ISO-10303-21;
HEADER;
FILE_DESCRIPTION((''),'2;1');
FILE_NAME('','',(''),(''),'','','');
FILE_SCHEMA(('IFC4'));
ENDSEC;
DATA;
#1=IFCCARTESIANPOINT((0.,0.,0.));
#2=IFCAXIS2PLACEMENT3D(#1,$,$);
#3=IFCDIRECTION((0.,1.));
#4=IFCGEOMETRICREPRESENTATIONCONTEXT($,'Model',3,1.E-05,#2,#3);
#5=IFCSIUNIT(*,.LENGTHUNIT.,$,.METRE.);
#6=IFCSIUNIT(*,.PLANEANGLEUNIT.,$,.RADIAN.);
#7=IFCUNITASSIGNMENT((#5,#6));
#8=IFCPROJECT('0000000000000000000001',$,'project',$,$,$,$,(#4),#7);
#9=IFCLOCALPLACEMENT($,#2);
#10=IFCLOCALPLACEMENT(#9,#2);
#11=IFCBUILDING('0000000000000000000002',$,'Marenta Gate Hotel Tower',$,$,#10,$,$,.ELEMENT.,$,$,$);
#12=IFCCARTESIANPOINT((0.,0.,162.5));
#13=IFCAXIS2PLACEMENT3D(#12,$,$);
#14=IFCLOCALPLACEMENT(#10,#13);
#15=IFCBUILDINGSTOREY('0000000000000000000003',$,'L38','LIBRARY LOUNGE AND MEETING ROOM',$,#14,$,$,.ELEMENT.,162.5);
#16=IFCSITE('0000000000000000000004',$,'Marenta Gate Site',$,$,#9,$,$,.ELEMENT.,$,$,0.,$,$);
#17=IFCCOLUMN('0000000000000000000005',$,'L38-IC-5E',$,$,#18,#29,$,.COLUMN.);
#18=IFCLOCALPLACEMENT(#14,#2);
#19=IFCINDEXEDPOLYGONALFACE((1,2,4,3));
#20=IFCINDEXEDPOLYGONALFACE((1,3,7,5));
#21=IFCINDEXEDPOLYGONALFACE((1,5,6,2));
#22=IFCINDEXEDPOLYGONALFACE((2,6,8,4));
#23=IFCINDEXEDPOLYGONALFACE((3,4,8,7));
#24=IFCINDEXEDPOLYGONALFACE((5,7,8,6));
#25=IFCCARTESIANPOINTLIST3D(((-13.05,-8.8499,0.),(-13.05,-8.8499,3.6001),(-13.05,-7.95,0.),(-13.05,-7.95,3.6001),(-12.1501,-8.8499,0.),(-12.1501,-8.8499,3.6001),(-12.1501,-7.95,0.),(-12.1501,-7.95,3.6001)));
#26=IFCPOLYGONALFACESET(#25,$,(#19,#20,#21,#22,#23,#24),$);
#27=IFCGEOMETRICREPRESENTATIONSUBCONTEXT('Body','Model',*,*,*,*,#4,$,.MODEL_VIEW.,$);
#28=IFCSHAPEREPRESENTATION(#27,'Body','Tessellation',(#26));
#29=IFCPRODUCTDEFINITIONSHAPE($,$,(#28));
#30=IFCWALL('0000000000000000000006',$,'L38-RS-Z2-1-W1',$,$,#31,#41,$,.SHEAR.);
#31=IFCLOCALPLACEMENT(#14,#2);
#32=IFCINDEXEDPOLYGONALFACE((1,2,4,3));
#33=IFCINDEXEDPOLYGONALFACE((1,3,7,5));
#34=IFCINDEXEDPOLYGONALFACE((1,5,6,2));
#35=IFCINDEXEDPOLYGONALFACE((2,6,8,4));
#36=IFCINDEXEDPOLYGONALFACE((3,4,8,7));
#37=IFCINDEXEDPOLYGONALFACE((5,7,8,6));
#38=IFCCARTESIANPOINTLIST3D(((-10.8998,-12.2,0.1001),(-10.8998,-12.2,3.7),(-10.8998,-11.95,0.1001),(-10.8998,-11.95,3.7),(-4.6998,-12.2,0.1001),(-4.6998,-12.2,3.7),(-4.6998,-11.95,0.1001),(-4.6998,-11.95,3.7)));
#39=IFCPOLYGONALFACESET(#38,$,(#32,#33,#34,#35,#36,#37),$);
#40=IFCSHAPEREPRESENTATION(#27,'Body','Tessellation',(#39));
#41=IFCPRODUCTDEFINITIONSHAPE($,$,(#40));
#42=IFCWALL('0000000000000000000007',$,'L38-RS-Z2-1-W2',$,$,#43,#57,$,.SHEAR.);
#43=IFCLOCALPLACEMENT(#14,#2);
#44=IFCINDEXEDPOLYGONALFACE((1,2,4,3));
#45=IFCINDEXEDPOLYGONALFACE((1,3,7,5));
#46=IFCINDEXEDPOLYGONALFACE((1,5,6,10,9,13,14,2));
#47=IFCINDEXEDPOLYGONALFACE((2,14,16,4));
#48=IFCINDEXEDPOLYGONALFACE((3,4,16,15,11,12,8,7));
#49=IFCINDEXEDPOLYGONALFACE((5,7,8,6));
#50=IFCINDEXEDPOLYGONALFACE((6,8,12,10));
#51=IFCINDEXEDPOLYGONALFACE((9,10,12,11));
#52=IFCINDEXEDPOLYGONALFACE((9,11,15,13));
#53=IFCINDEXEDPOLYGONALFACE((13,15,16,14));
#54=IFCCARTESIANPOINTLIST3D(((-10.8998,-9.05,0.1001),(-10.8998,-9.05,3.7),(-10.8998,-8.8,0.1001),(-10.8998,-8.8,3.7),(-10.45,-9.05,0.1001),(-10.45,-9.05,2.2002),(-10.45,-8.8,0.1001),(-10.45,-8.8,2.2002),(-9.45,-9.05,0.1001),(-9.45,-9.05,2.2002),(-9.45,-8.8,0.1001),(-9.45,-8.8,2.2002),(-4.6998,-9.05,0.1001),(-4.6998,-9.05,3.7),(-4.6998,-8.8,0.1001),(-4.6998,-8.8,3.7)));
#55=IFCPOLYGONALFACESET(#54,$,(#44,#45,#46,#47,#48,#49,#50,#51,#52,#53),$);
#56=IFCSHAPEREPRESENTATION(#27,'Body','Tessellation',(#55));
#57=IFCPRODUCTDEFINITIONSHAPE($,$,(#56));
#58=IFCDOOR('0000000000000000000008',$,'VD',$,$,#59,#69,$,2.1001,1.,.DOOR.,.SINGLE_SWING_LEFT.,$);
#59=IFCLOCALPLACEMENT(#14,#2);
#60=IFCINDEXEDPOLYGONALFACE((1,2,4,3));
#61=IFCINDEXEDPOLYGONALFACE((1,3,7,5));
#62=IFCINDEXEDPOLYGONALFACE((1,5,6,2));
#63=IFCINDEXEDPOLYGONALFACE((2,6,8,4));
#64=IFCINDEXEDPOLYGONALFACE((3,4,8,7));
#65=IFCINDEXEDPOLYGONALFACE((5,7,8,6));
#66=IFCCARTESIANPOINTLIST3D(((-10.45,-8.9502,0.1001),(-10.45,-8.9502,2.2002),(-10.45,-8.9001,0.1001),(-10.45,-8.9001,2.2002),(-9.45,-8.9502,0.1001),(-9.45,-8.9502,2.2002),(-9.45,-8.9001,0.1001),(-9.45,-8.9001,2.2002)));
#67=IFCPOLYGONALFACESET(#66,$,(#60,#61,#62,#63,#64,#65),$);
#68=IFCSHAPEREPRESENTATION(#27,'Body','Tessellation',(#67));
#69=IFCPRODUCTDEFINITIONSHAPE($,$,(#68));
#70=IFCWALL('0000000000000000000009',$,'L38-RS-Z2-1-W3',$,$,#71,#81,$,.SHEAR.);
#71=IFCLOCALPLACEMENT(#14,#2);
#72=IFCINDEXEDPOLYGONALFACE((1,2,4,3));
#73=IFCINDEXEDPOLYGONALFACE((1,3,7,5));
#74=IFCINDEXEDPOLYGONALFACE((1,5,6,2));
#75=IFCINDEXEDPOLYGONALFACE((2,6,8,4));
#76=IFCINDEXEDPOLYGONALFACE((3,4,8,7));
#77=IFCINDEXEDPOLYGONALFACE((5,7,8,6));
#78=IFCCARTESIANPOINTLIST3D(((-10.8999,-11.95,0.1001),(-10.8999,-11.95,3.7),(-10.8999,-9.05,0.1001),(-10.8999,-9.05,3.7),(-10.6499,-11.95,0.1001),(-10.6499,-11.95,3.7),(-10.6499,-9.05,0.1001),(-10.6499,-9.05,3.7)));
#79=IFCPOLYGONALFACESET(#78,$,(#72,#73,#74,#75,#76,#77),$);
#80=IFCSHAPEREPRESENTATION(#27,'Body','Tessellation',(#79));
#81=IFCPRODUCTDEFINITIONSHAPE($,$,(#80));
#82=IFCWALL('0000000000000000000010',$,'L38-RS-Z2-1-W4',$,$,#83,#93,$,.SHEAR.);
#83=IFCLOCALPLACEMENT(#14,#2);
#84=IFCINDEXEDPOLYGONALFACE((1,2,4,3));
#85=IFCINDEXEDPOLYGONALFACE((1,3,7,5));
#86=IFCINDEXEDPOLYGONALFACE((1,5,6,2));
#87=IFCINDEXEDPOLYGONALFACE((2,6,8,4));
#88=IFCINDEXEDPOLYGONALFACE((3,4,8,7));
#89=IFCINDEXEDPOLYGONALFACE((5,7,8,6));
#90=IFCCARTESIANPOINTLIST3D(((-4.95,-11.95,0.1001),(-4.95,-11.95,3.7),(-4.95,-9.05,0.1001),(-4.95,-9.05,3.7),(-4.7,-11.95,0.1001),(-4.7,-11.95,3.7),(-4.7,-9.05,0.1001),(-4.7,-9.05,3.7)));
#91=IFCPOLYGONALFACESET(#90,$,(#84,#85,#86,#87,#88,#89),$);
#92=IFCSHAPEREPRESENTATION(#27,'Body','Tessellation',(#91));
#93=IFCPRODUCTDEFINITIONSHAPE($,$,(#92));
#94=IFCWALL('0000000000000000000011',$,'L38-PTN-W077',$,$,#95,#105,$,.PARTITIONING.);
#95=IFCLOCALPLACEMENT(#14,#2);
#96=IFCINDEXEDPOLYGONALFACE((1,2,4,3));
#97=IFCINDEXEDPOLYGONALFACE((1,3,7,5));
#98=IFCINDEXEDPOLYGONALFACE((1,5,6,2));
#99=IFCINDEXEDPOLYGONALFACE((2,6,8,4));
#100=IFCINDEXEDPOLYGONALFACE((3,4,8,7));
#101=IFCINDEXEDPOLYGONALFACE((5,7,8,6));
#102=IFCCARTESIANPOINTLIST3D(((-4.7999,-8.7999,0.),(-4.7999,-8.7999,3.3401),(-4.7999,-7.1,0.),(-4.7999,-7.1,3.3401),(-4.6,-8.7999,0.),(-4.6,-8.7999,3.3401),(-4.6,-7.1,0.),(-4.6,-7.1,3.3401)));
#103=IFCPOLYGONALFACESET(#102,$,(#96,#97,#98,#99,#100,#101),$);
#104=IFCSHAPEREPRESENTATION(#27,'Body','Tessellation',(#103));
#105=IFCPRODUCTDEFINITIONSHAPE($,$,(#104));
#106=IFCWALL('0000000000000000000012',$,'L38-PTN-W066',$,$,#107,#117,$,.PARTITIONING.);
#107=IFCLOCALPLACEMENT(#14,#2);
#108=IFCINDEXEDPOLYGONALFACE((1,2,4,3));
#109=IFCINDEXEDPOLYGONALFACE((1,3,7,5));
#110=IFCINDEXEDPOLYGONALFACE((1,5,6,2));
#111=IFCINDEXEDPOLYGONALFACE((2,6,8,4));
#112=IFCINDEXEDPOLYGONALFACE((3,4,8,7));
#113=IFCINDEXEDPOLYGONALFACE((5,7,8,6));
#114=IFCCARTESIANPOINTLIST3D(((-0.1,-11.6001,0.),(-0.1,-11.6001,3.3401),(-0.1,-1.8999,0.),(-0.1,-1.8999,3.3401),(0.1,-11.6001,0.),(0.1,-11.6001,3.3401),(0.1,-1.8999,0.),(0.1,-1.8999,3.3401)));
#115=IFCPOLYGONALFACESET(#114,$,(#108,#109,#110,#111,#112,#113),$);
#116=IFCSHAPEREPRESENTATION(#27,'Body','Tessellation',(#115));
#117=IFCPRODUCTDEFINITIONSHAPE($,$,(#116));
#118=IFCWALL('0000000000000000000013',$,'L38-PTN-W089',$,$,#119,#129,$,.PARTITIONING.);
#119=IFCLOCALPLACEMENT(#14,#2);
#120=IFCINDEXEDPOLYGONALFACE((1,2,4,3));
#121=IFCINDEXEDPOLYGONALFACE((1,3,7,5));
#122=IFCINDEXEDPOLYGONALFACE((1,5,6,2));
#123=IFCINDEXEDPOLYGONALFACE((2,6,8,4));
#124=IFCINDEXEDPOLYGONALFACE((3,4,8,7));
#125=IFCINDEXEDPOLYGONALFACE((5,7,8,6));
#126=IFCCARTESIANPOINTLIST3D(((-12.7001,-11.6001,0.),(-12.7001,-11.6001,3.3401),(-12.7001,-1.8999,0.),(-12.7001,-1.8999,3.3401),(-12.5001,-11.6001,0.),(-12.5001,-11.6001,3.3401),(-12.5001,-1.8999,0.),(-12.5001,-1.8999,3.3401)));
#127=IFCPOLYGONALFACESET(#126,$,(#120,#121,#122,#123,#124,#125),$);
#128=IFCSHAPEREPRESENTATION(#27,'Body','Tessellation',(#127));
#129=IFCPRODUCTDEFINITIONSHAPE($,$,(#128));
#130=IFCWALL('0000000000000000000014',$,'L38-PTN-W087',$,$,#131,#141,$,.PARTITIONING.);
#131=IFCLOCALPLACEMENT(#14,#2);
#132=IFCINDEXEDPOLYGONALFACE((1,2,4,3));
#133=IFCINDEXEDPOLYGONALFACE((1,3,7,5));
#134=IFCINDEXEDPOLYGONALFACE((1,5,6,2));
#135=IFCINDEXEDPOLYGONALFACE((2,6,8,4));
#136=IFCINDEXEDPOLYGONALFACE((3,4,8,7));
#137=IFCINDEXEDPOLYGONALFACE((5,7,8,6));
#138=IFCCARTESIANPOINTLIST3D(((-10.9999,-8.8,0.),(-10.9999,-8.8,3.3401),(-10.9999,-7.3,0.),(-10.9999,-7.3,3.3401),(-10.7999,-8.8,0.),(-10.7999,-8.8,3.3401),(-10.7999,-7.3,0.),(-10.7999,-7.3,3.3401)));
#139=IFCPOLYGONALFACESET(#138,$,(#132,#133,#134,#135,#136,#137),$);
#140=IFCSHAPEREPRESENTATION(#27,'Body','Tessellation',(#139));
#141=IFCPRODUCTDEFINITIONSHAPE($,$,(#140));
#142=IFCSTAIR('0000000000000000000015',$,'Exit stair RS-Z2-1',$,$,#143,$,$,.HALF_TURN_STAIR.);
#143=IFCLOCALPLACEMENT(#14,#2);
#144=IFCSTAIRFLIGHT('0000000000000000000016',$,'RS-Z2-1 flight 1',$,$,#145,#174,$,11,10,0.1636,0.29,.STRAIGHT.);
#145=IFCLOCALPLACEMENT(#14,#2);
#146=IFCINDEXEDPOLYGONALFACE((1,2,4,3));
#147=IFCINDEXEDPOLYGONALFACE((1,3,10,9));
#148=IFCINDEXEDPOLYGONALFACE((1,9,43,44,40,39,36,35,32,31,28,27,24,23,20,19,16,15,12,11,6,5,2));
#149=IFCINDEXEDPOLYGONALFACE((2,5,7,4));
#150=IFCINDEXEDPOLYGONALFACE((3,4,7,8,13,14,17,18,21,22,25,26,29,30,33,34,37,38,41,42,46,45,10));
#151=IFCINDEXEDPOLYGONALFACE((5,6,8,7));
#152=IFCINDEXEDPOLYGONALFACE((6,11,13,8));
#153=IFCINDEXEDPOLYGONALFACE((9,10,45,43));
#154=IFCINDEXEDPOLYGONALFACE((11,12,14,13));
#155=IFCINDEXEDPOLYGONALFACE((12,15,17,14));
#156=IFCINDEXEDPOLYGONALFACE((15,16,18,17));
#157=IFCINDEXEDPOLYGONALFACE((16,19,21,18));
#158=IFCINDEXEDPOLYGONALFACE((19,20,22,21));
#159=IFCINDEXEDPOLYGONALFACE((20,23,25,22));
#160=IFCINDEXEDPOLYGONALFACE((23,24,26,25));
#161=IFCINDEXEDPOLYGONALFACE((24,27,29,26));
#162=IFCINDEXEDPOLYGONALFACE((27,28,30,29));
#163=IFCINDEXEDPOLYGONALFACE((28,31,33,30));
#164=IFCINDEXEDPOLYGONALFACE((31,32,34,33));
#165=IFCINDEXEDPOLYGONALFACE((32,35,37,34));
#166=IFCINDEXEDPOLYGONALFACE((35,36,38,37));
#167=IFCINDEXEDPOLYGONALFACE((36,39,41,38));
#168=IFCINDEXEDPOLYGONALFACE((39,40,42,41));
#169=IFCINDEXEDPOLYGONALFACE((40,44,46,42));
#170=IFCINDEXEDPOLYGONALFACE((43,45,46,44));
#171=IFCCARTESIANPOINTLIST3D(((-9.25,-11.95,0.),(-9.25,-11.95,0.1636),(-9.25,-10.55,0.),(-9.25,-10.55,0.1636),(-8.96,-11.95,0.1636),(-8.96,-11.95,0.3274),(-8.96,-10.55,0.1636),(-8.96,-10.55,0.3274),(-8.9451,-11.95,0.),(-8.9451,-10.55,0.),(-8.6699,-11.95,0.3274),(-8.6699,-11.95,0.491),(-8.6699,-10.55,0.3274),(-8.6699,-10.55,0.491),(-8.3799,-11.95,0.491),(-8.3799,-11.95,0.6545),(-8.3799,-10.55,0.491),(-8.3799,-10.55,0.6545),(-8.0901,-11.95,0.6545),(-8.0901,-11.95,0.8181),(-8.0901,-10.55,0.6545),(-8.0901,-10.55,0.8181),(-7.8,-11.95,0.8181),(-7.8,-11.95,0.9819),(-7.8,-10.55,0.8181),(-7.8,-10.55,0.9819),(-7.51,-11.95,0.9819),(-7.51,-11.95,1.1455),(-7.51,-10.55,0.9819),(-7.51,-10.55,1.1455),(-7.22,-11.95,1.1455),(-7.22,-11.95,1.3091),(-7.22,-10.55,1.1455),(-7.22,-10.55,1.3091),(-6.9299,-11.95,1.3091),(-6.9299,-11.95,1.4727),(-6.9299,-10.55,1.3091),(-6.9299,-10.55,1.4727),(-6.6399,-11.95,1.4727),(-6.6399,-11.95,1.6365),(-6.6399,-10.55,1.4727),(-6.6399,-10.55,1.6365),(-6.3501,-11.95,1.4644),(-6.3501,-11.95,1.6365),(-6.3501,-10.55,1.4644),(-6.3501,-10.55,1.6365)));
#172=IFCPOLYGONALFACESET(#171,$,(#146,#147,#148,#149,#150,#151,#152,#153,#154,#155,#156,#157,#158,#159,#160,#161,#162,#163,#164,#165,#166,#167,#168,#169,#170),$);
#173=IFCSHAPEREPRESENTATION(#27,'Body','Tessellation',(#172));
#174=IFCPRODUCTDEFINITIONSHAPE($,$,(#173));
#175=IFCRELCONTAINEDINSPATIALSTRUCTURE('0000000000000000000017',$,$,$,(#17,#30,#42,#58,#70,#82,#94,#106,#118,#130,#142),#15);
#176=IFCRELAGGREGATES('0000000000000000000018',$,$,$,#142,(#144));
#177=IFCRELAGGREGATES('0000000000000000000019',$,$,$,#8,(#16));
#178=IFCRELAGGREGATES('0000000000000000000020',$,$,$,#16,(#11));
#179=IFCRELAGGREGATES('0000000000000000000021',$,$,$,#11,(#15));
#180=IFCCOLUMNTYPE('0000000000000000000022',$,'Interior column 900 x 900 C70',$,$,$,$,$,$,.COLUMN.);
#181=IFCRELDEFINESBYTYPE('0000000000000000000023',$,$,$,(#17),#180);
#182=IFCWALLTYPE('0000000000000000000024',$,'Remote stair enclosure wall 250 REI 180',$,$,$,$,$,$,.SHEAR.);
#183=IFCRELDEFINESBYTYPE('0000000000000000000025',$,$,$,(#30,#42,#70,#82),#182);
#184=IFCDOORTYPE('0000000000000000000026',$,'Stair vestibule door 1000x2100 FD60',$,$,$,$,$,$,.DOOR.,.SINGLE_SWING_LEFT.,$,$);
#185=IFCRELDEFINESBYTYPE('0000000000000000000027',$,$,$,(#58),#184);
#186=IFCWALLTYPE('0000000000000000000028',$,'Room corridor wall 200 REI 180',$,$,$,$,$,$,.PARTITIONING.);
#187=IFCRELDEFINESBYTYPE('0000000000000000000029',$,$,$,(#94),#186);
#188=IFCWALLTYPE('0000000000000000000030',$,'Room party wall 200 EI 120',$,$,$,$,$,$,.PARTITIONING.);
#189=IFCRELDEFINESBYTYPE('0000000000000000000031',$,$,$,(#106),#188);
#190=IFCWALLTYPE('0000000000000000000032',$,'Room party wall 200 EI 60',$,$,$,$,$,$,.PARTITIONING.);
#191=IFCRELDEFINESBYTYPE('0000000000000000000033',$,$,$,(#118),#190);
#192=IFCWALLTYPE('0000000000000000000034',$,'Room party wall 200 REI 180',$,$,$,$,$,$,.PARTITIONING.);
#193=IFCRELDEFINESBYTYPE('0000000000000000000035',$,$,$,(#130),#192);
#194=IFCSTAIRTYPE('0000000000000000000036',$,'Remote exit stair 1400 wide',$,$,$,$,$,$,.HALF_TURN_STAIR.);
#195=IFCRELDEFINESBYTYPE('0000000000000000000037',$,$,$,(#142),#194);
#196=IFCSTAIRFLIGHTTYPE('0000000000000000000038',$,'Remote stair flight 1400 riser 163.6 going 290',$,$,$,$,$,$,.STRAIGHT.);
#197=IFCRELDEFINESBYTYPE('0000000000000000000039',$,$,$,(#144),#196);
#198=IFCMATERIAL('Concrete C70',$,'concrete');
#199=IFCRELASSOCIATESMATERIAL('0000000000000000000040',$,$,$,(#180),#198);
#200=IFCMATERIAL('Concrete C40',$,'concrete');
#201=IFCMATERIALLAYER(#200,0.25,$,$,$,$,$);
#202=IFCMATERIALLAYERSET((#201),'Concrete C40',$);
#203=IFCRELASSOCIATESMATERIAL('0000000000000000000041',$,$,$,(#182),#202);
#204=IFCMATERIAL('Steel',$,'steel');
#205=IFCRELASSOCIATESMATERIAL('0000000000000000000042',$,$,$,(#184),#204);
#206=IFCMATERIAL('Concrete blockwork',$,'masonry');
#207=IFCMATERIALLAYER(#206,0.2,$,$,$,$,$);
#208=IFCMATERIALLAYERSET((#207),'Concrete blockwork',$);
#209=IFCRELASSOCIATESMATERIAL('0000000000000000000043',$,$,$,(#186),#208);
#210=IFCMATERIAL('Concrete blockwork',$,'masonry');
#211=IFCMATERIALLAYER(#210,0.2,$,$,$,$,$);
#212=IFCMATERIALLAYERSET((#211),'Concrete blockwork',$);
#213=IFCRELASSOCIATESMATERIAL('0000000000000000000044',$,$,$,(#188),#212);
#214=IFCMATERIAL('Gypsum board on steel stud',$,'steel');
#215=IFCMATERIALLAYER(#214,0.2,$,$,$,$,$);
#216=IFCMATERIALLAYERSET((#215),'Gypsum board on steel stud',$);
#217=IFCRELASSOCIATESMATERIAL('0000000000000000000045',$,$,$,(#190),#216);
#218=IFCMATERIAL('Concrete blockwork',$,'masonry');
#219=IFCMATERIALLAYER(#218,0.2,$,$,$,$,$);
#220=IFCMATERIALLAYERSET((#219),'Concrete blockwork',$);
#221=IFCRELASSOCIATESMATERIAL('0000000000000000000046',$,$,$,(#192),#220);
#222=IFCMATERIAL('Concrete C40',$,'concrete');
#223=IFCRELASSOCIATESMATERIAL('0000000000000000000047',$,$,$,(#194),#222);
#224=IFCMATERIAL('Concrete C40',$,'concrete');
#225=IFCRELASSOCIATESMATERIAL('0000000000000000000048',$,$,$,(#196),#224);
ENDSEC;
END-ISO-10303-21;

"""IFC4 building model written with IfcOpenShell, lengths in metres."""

from ifc_helpers import new_model, si_unit, direction, frame, frame_2d, origin, origin_2d, place, context, subcontext, project, spatial, polyline, rectangle, outline, extrude, material, layer, layer_set, material_profile, profile_set, type_object, element, fill, aggregate, save


model = new_model("IFC4")

# Units and contexts
model_context = context("Model", 3, precision=1e-05, world=origin(), true_north=direction((0.0, 1.0)))
body_context = subcontext(model_context, "Body", "Model", "MODEL_VIEW")
ifc_project = project(units=[si_unit("LENGTHUNIT", "METRE"), si_unit("PLANEANGLEUNIT", "RADIAN")], contexts=[model_context])

# Site, building, storey
site_placement = place(None, origin())
site = spatial("IfcSite", under=ifc_project, at=site_placement, Name="Marenta Gate Site", CompositionType="ELEMENT", RefElevation=0.0)
building_placement = place(site_placement, origin())
building = spatial("IfcBuilding", under=site, at=building_placement, Name="Marenta Gate Hotel Tower", CompositionType="ELEMENT")
storey_placement = place(building_placement, frame((0.0, 0.0, 162.5)))
storey = spatial("IfcBuildingStorey", under=building, at=storey_placement, Name="L38", Description="LIBRARY LOUNGE AND MEETING ROOM", CompositionType="ELEMENT", Elevation=162.5)

# Column
ifc_material_1 = material(Name="Concrete C70", Category="concrete")
ifc_material_profile = material_profile(ifc_material_1, rectangle(XDim=0.8999, YDim=0.8999, at=origin_2d()), Name="900 x 900")
ifc_profile_set = profile_set([ifc_material_profile], Name="Concrete C70")
column_type = type_object("IfcColumnType", Name="Interior column 900 x 900 C70", PredefinedType="COLUMN", material=ifc_profile_set)
column_placement = place(storey_placement, frame((-12.6001, -8.3999, 0.0), z_axis=(0.0, 0.0, 1.0), x_axis=(1.0, 0.0, 0.0)))
element("IfcColumn", 1, at=column_placement, inside=storey, type_object=column_type, Name="L38-IC-5E", PredefinedType="COLUMN", context=body_context, shape_type="SweptSolid", body=[
    extrude(rectangle(XDim=0.8999, YDim=0.8999, at=origin_2d()), origin(), (0.0, 0.0, 1.0), 3.6001),
])

# Wall
ifc_material_2 = material(Name="Concrete C40", Category="concrete")
ifc_layer_1 = layer(ifc_material_2, 0.25)
ifc_layer_set_1 = layer_set([ifc_layer_1], Name="Concrete C40")
wall_type_1 = type_object("IfcWallType", Name="Remote stair enclosure wall 250 REI 180", PredefinedType="SHEAR", material=ifc_layer_set_1)
wall_1_placement = place(storey_placement, frame((-10.8999, -12.075, 0.1001), z_axis=(0.0, 0.0, 1.0), x_axis=(1.0, 0.0, 0.0)))
element("IfcWall", 2, at=wall_1_placement, inside=storey, type_object=wall_type_1, Name="L38-RS-Z2-1-W1", PredefinedType="SHEAR", context=body_context, shape_type="SweptSolid", body=[
    extrude(rectangle(XDim=6.2, YDim=0.25, at=frame_2d((3.1001, 0.0))), origin(), (0.0, 0.0, 1.0), 3.5999),
])

# Wall, opening, door
wall_2_placement = place(storey_placement, frame((-10.8999, -8.925, 0.1001), z_axis=(0.0, 0.0, 1.0), x_axis=(1.0, 0.0, 0.0)))
wall_2 = element("IfcWall", 3, at=wall_2_placement, inside=storey, type_object=wall_type_1, Name="L38-RS-Z2-1-W2", PredefinedType="SHEAR", context=body_context, shape_type="SweptSolid", body=[
    extrude(rectangle(XDim=6.2, YDim=0.25, at=frame_2d((3.1001, 0.0))), origin(), (0.0, 0.0, 1.0), 3.5999),
])
opening_1_placement = place(wall_2_placement, frame((0.45, 0.0, 0.0)))
opening_1 = element("IfcOpeningElement", 4, at=opening_1_placement, cuts=wall_2, PredefinedType="OPENING", context=body_context, shape_type="SweptSolid", body=[
    extrude(rectangle(XDim=1.0, YDim=2.1001, at=frame_2d((0.5, 1.05))), frame((0.0, 0.125, 0.0), z_axis=(0.0, -1.0, 0.0), x_axis=(1.0, 0.0, 0.0)), (0.0, 0.0, 1.0), 0.25),
])
ifc_material_3 = material(Name="Steel", Category="steel")
door_type_1 = type_object("IfcDoorType", Name="Stair vestibule door 1000x2100 FD60", OperationType="SINGLE_SWING_LEFT", PredefinedType="DOOR", material=ifc_material_3)
door_1_placement = place(opening_1_placement, origin())
door_1 = element("IfcDoor", 5, at=door_1_placement, inside=storey, type_object=door_type_1, Name="VD", OperationType="SINGLE_SWING_LEFT", OverallHeight=2.1001, OverallWidth=1.0, PredefinedType="DOOR", context=body_context, shape_type="SweptSolid", body=[
    extrude(rectangle(XDim=1.0, YDim=2.1001, at=frame_2d((0.5, 1.05))), frame((0.0, 0.0249, 0.0), z_axis=(0.0, -1.0, 0.0), x_axis=(1.0, 0.0, 0.0)), (0.0, 0.0, 1.0), 0.05),
])
fill(opening_1, door_1)

# Walls
for number, where, z_axis, x_axis, name in (
    (6, (-10.7749, -11.95, 0.1001), (0.0, 0.0, 1.0), (0.0, 1.0, 0.0), "L38-RS-Z2-1-W3"),
    (7, (-4.825, -11.95, 0.1001), (0.0, 0.0, 1.0), (0.0, 1.0, 0.0), "L38-RS-Z2-1-W4"),
):
    element("IfcWall", number, at=place(storey_placement, frame(where, z_axis=z_axis, x_axis=x_axis)), inside=storey, type_object=wall_type_1, Name=name, PredefinedType="SHEAR", context=body_context, shape_type="SweptSolid", body=[
        extrude(rectangle(XDim=2.8999, YDim=0.25, at=frame_2d((1.45, 0.0))), origin(), (0.0, 0.0, 1.0), 3.5999),
    ])

# Walls
ifc_material_4 = material(Name="Concrete blockwork", Category="masonry")
ifc_layer_2 = layer(ifc_material_4, 0.2)
ifc_layer_set_2 = layer_set([ifc_layer_2], Name="Concrete blockwork")
wall_type_2 = type_object("IfcWallType", Name="Room corridor wall 200 REI 180", PredefinedType="PARTITIONING", material=ifc_layer_set_2)
wall_3_placement = place(storey_placement, frame((-4.7, -8.8, 0.0), z_axis=(0.0, 0.0, 1.0), x_axis=(0.0, 1.0, 0.0)))
element("IfcWall", 8, at=wall_3_placement, inside=storey, type_object=wall_type_2, Name="L38-PTN-W077", PredefinedType="PARTITIONING", context=body_context, shape_type="SweptSolid", body=[
    extrude(rectangle(XDim=1.7, YDim=0.2, at=frame_2d((0.8501, 0.0))), origin(), (0.0, 0.0, 1.0), 3.3401),
])
ifc_material_5 = material(Name="Concrete blockwork", Category="masonry")
ifc_layer_3 = layer(ifc_material_5, 0.2)
ifc_layer_set_3 = layer_set([ifc_layer_3], Name="Concrete blockwork")
wall_type_3 = type_object("IfcWallType", Name="Room party wall 200 EI 120", PredefinedType="PARTITIONING", material=ifc_layer_set_3)
wall_4_placement = place(storey_placement, frame((0.0, -11.6001, 0.0), z_axis=(0.0, 0.0, 1.0), x_axis=(0.0, 1.0, 0.0)))
element("IfcWall", 9, at=wall_4_placement, inside=storey, type_object=wall_type_3, Name="L38-PTN-W066", PredefinedType="PARTITIONING", context=body_context, shape_type="SweptSolid", body=[
    extrude(rectangle(XDim=9.7002, YDim=0.2, at=frame_2d((4.8501, 0.0))), origin(), (0.0, 0.0, 1.0), 3.3401),
])
ifc_material_6 = material(Name="Gypsum board on steel stud", Category="steel")
ifc_layer_4 = layer(ifc_material_6, 0.2)
ifc_layer_set_4 = layer_set([ifc_layer_4], Name="Gypsum board on steel stud")
wall_type_4 = type_object("IfcWallType", Name="Room party wall 200 EI 60", PredefinedType="PARTITIONING", material=ifc_layer_set_4)
wall_5_placement = place(storey_placement, frame((-12.6001, -11.6001, 0.0), z_axis=(0.0, 0.0, 1.0), x_axis=(0.0, 1.0, 0.0)))
element("IfcWall", 10, at=wall_5_placement, inside=storey, type_object=wall_type_4, Name="L38-PTN-W089", PredefinedType="PARTITIONING", context=body_context, shape_type="SweptSolid", body=[
    extrude(rectangle(XDim=9.7002, YDim=0.2, at=frame_2d((4.8501, 0.0))), origin(), (0.0, 0.0, 1.0), 3.3401),
])
ifc_material_7 = material(Name="Concrete blockwork", Category="masonry")
ifc_layer_5 = layer(ifc_material_7, 0.2)
ifc_layer_set_5 = layer_set([ifc_layer_5], Name="Concrete blockwork")
wall_type_5 = type_object("IfcWallType", Name="Room party wall 200 REI 180", PredefinedType="PARTITIONING", material=ifc_layer_set_5)
wall_6_placement = place(storey_placement, frame((-10.8999, -8.8, 0.0), z_axis=(0.0, 0.0, 1.0), x_axis=(0.0, 1.0, 0.0)))
element("IfcWall", 11, at=wall_6_placement, inside=storey, type_object=wall_type_5, Name="L38-PTN-W087", PredefinedType="PARTITIONING", context=body_context, shape_type="SweptSolid", body=[
    extrude(rectangle(XDim=1.5, YDim=0.2, at=frame_2d((0.75, 0.0))), origin(), (0.0, 0.0, 1.0), 3.3401),
])

# Stair, stair flight
ifc_material_8 = material(Name="Concrete C40", Category="concrete")
stair_type = type_object("IfcStairType", Name="Remote exit stair 1400 wide", PredefinedType="HALF_TURN_STAIR", material=ifc_material_8)
stair_placement = place(storey_placement, origin())
stair = element("IfcStair", 12, at=stair_placement, inside=storey, type_object=stair_type, Name="Exit stair RS-Z2-1", PredefinedType="HALF_TURN_STAIR")
ifc_material_9 = material(Name="Concrete C40", Category="concrete")
stair_flight_type = type_object("IfcStairFlightType", Name="Remote stair flight 1400 riser 163.6 going 290", PredefinedType="STRAIGHT", material=ifc_material_9)
stair_flight_1_placement = place(storey_placement, frame((-9.25, -11.25, 0.0), z_axis=(0.0, 0.0, 1.0), x_axis=(1.0, 0.0, 0.0)))
stair_flight_1 = element("IfcStairFlight", 13, at=stair_flight_1_placement, type_object=stair_flight_type, Name="RS-Z2-1 flight 1", NumberOfRisers=11, NumberOfTreads=10, PredefinedType="STRAIGHT", RiserHeight=0.1636, TreadLength=0.29, context=body_context, shape_type="SweptSolid", body=[
    extrude(outline(polyline([(0.0, 0.0), (0.0, 0.1636), (0.29, 0.1636), (0.29, 0.3274), (0.5801, 0.3274), (0.5801, 0.491), (0.8701, 0.491), (0.8701, 0.6545), (1.1599, 0.6545), (1.1599, 0.8181), (1.45, 0.8181), (1.45, 0.9819), (1.74, 0.9819), (1.74, 1.1455), (2.03, 1.1455), (2.03, 1.3091), (2.3201, 1.3091), (2.3201, 1.4727), (2.6101, 1.4727), (2.6101, 1.6365), (2.8999, 1.6365), (2.8999, 1.8), (2.8999, 1.4644), (0.3049, 0.0), (0.0, 0.0)])), frame((0.0, 0.7, 0.0), z_axis=(0.0, -1.0, 0.0), x_axis=(1.0, 0.0, 0.0)), (0.0, 0.0, 1.0), 1.3999),
])
aggregate(stair, [stair_flight_1])

save(model, "model.ifc")
